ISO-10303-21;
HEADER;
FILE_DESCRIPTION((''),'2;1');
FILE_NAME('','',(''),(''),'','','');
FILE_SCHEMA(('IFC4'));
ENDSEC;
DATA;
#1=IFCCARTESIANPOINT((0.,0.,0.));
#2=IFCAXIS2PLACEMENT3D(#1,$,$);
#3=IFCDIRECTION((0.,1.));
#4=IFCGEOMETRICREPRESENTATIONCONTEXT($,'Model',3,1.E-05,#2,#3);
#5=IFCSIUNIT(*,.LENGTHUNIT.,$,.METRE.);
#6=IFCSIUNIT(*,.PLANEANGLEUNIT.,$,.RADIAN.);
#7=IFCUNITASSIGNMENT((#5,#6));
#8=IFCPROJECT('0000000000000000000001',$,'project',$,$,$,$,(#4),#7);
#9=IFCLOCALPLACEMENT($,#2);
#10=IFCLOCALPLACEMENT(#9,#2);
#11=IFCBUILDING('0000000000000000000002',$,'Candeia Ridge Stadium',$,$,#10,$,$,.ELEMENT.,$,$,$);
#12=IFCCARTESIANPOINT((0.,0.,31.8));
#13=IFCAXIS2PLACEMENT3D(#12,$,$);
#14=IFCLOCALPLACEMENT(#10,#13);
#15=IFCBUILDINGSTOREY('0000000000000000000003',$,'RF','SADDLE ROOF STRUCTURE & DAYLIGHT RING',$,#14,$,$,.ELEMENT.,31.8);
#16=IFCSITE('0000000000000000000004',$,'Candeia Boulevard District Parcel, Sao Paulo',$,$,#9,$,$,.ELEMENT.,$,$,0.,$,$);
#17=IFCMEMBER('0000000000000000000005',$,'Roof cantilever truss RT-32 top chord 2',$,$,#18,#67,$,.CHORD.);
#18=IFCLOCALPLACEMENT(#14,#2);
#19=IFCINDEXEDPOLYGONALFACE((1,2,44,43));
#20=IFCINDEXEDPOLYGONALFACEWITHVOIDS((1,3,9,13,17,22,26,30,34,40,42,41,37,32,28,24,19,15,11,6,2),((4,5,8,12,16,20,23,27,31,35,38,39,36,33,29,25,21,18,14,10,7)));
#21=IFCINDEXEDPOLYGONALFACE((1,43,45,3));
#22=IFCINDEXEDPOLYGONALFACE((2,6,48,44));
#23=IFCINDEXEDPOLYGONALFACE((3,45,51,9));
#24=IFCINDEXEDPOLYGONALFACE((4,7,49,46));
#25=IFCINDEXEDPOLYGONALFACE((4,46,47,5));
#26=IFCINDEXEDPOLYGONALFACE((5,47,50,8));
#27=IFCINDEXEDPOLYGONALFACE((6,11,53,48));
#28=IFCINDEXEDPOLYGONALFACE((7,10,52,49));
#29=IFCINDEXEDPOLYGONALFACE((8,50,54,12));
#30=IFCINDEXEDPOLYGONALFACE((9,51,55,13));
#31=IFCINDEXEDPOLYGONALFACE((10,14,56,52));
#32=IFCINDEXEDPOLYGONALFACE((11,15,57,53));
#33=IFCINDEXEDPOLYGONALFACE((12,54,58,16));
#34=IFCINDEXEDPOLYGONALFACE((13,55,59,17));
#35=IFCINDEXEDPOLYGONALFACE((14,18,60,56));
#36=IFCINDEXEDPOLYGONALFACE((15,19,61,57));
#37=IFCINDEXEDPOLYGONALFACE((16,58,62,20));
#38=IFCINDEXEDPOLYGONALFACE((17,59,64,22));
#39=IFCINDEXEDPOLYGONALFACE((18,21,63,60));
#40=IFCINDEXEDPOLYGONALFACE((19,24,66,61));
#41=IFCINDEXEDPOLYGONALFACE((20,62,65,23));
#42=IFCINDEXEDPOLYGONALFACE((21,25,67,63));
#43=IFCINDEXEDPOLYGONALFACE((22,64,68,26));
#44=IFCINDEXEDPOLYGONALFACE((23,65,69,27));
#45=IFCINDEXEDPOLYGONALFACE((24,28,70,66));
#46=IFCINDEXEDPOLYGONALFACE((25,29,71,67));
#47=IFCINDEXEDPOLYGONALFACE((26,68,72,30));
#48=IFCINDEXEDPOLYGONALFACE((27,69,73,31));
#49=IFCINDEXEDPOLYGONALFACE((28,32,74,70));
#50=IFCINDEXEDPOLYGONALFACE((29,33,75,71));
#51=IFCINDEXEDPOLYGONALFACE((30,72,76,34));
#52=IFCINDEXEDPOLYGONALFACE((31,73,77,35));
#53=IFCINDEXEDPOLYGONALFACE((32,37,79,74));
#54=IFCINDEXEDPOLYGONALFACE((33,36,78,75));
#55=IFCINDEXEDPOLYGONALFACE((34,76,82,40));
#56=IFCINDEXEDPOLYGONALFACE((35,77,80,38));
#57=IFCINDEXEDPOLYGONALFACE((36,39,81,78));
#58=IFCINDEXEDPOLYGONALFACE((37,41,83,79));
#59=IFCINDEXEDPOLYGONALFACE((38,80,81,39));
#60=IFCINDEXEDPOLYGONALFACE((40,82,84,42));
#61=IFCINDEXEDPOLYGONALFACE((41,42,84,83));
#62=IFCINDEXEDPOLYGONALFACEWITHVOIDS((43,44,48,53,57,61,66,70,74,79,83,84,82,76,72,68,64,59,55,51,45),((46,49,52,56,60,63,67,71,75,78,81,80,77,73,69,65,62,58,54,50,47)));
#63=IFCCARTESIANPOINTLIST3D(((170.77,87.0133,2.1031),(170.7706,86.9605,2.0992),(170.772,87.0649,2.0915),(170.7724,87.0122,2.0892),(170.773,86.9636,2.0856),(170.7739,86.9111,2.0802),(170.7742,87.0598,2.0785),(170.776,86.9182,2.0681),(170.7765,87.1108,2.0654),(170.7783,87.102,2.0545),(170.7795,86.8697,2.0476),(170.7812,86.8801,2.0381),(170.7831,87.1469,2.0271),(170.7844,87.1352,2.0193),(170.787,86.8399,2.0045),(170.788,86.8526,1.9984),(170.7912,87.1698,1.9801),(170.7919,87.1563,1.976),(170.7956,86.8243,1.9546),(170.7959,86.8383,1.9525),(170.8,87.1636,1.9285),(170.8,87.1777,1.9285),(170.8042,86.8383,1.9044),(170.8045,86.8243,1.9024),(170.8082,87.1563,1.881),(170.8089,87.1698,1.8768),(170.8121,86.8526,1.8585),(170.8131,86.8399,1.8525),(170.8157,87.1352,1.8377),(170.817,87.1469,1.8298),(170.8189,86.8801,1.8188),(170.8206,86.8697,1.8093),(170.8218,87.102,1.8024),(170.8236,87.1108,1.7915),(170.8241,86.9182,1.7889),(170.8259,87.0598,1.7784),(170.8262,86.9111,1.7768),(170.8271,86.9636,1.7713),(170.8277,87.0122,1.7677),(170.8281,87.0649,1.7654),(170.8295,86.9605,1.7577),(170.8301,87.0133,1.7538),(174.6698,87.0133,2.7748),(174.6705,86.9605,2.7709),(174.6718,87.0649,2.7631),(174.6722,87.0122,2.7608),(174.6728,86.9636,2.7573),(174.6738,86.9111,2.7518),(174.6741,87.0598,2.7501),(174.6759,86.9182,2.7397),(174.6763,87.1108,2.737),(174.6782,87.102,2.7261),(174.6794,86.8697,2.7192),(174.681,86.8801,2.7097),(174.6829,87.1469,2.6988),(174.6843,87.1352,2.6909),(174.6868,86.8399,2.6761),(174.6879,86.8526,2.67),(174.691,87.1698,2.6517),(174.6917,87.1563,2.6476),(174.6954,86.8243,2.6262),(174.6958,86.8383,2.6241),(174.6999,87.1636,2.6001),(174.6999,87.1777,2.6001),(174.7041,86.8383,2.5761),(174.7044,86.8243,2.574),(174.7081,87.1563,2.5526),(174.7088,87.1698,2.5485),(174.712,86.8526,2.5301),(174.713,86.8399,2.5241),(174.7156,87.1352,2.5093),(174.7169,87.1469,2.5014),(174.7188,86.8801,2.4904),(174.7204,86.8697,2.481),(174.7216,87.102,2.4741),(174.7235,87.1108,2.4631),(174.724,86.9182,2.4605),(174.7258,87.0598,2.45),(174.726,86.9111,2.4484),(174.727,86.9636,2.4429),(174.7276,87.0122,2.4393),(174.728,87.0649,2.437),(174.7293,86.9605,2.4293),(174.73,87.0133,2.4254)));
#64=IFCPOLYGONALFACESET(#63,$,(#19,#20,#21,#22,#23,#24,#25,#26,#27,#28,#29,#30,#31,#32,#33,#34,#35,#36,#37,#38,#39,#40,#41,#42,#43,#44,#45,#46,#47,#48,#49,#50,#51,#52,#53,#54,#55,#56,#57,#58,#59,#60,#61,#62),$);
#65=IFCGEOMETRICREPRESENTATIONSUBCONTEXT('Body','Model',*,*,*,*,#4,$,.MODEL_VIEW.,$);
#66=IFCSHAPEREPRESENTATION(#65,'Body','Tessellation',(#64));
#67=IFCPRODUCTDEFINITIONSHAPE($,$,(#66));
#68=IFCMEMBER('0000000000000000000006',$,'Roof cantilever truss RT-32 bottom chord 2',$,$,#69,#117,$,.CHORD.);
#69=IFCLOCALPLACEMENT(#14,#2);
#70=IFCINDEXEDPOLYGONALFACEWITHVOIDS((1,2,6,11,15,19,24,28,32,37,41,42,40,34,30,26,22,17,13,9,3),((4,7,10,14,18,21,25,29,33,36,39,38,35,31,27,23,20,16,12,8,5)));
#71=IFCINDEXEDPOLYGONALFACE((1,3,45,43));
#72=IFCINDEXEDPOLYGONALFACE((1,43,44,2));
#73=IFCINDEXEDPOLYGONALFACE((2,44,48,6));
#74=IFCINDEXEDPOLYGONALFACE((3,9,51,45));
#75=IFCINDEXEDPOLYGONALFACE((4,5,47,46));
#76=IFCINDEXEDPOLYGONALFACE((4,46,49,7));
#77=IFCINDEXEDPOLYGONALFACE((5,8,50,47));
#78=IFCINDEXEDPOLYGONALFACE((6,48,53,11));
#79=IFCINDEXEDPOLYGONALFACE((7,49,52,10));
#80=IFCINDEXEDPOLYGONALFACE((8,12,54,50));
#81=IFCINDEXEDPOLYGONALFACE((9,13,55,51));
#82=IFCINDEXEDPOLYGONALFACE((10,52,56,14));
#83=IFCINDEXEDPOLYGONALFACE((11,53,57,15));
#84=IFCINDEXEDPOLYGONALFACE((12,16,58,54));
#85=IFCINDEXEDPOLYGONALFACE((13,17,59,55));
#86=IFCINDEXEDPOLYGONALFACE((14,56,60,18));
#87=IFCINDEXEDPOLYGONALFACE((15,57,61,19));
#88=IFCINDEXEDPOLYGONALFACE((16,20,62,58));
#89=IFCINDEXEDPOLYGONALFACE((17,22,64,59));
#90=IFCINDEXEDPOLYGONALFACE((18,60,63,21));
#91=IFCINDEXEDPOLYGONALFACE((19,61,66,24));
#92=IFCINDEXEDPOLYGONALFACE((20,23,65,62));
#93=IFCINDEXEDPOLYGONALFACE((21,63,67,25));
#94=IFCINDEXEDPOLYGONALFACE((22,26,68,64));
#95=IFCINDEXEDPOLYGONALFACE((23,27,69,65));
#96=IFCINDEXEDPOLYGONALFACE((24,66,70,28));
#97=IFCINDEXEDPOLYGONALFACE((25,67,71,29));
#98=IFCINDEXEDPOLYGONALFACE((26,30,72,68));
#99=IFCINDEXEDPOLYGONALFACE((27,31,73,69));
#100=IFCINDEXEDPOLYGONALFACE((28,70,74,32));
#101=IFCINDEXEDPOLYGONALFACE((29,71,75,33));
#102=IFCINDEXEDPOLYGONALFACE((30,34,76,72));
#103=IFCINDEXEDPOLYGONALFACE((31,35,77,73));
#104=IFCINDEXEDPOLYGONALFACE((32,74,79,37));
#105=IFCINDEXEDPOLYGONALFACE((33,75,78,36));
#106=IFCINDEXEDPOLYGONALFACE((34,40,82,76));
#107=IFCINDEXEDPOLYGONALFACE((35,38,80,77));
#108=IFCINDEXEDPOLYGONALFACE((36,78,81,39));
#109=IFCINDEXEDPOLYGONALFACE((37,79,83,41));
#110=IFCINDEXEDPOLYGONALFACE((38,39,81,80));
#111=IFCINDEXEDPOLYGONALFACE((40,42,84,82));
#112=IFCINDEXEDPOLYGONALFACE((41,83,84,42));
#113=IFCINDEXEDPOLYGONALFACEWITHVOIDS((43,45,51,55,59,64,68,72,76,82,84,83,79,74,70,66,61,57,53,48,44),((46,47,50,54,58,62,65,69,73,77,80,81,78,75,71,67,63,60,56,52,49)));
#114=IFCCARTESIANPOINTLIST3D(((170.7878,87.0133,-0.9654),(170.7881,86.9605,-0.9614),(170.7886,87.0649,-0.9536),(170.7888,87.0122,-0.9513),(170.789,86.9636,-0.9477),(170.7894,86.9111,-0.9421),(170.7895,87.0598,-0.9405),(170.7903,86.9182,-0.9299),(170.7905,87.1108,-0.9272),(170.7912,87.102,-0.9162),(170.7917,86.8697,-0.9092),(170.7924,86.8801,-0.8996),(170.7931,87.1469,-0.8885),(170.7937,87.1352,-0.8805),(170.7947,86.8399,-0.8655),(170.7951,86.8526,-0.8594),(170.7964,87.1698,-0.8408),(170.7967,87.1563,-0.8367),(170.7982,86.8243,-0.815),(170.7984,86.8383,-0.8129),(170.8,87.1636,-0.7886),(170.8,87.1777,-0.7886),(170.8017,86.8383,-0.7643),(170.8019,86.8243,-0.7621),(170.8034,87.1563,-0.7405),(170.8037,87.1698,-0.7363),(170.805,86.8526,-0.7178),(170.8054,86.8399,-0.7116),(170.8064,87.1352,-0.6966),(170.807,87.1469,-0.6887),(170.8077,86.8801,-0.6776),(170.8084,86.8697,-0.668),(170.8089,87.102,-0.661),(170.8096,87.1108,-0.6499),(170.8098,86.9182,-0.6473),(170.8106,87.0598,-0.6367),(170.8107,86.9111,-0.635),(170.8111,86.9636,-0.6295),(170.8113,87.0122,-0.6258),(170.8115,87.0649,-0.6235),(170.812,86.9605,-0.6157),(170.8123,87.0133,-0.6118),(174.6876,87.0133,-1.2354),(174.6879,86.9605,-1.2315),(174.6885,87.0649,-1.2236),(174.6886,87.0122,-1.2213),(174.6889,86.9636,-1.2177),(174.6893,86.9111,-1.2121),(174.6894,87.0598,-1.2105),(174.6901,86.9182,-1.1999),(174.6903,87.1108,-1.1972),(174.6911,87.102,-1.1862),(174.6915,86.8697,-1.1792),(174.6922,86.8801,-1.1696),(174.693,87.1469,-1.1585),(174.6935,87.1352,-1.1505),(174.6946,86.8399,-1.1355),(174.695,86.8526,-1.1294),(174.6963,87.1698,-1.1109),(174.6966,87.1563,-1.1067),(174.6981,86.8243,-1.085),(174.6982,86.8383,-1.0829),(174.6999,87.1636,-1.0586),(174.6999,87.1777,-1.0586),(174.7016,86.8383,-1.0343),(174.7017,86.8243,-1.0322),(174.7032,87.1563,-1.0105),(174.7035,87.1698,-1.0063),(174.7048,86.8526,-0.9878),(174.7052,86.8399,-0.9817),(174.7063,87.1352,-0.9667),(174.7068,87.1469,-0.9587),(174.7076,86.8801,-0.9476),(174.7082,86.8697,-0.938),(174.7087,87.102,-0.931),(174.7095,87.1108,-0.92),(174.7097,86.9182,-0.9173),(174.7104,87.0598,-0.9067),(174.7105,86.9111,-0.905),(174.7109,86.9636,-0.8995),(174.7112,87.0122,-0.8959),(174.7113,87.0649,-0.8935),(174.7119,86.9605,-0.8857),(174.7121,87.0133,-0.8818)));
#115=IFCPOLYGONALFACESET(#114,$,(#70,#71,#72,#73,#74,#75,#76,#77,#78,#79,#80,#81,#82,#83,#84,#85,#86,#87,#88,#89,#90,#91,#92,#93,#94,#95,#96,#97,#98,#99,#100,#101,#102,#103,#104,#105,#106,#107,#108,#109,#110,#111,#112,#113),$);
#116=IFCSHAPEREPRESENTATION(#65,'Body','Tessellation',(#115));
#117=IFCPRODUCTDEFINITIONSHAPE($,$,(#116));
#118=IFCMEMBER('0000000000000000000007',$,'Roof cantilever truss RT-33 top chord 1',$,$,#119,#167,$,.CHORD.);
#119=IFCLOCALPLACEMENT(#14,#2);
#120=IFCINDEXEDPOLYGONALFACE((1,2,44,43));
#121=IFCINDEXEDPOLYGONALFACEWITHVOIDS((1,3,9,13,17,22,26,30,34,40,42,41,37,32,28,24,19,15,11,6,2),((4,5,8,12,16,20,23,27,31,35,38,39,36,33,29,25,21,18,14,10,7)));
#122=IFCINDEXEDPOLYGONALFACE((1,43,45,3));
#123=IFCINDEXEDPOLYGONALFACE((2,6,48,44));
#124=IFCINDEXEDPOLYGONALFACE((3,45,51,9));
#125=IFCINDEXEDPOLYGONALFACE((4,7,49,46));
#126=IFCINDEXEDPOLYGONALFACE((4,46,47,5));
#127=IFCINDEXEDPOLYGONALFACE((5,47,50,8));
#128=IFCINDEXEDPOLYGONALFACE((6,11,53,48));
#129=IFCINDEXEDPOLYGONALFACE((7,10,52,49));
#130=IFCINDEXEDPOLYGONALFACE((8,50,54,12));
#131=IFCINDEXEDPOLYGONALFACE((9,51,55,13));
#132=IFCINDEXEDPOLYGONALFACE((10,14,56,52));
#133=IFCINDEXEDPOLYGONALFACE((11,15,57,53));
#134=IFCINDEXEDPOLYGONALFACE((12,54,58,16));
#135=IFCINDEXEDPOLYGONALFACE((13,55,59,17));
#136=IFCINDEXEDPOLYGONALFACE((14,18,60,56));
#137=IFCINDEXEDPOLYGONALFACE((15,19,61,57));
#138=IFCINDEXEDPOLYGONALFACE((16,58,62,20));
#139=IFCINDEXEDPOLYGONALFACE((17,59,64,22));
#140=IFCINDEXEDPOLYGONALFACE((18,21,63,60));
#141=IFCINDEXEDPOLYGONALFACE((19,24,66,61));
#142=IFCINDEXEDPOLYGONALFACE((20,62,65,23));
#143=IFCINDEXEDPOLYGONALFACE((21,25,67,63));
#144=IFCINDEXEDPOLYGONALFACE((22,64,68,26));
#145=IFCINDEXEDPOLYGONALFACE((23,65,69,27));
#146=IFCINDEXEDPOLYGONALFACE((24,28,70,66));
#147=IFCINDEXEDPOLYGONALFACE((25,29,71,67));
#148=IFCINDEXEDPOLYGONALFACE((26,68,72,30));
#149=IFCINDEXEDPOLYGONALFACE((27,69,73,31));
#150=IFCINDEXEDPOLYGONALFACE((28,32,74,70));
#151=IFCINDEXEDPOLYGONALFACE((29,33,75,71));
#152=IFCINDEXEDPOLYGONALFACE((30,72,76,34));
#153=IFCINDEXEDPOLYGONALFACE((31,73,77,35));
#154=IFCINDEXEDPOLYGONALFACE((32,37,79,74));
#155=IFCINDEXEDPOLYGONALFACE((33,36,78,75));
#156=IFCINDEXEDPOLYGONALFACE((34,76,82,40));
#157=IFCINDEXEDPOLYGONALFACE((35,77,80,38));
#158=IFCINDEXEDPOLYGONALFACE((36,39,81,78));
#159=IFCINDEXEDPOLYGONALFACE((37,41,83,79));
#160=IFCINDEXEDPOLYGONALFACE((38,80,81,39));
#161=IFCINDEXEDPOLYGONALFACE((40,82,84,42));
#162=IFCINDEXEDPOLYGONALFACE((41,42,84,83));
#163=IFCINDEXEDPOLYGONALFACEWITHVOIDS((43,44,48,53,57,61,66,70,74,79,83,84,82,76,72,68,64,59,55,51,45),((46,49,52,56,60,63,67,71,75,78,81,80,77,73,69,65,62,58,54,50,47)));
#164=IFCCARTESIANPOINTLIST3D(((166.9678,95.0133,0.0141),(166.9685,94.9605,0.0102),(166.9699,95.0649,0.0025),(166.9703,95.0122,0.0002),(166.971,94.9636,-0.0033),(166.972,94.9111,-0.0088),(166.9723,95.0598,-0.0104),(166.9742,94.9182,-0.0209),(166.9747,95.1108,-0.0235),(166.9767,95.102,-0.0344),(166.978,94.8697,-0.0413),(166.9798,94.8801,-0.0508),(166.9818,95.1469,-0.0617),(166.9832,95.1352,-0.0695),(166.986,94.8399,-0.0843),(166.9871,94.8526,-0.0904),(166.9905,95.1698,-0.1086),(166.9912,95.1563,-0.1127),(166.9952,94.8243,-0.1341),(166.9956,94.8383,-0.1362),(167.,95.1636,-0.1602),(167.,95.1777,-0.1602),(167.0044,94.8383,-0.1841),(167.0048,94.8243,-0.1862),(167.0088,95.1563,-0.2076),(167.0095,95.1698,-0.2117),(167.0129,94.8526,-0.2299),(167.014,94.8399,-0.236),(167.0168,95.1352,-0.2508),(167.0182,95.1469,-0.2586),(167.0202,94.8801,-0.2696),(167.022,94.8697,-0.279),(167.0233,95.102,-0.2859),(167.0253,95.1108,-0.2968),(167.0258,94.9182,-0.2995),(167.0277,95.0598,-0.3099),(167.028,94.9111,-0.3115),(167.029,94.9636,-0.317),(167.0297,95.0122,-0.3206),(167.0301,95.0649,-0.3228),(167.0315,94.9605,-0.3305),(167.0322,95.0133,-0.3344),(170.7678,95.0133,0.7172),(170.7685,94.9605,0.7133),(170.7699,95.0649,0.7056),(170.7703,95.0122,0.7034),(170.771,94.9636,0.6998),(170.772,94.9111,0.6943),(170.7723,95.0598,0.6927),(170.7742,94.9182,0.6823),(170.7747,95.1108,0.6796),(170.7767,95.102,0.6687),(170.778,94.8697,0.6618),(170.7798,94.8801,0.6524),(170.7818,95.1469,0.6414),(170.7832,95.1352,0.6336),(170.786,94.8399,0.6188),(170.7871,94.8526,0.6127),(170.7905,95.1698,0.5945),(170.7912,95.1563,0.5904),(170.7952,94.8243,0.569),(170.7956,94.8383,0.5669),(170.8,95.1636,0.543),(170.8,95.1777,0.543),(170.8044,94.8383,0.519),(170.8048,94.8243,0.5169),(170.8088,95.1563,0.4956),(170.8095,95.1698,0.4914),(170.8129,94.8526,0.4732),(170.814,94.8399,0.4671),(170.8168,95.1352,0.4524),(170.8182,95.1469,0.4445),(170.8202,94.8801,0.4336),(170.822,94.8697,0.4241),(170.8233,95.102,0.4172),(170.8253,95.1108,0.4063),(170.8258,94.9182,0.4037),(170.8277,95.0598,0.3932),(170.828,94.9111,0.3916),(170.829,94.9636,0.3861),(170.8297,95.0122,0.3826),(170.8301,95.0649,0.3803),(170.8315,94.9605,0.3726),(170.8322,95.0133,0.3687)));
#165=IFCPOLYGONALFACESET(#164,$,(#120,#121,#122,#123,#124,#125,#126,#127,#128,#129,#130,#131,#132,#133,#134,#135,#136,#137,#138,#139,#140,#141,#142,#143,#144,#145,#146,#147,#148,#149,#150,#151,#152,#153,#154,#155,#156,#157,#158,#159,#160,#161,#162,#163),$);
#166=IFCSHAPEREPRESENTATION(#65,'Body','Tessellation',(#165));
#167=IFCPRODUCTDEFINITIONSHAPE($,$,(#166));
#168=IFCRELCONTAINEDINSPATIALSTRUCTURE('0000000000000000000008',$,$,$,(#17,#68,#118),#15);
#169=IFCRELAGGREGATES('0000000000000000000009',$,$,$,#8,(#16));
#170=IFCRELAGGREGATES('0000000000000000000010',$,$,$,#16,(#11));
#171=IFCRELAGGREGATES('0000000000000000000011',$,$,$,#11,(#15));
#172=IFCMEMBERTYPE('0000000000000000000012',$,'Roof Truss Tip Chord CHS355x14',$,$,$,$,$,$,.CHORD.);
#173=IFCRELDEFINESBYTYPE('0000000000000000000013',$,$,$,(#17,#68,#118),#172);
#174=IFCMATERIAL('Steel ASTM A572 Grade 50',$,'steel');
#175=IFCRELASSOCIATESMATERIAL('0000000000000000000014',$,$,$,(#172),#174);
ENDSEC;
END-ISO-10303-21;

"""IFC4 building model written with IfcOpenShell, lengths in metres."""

from ifc_helpers import new_model, si_unit, direction, frame, origin, origin_2d, place, context, subcontext, project, spatial, hollow_circle, extrude, material, material_profile, profile_set, type_object, element, save


model = new_model("IFC4")

# Units and contexts
model_context = context("Model", 3, precision=1e-05, world=origin(), true_north=direction((0.0, 1.0)))
body_context = subcontext(model_context, "Body", "Model", "MODEL_VIEW")
ifc_project = project(units=[si_unit("LENGTHUNIT", "METRE"), si_unit("PLANEANGLEUNIT", "RADIAN")], contexts=[model_context])

# Site, building, storey
site_placement = place(None, origin())
site = spatial("IfcSite", under=ifc_project, at=site_placement, Name="Candeia Boulevard District Parcel, Sao Paulo", CompositionType="ELEMENT", RefElevation=0.0)
building_placement = place(site_placement, origin())
building = spatial("IfcBuilding", under=site, at=building_placement, Name="Candeia Ridge Stadium", CompositionType="ELEMENT")
storey_placement = place(building_placement, frame((0.0, 0.0, 31.8)))
storey = spatial("IfcBuildingStorey", under=building, at=storey_placement, Name="RF", Description="SADDLE ROOF STRUCTURE & DAYLIGHT RING", CompositionType="ELEMENT", Elevation=31.8)

# Shared definitions
ifc_material_1 = material(Name="Steel ASTM A572 Grade 50", Category="steel")

# Members
ifc_material_profile_1 = material_profile(ifc_material_1, hollow_circle(Radius=0.1777, WallThickness=0.0142, at=origin_2d()), Name="CHS355x14", Category="steel")
ifc_profile_set_1 = profile_set([ifc_material_profile_1], Name="Steel ASTM A572 Grade 50")
member_type_1 = type_object("IfcMemberType", Name="Roof Truss Tip Chord CHS355x14", PredefinedType="CHORD", material=ifc_profile_set_1)
member_1_placement = place(storey_placement, frame((170.8, 87.0, 1.9285), z_axis=(0.985493, 0.0, 0.169719), x_axis=(0.0, 1.0, 0.0)))
element("IfcMember", 1, at=member_1_placement, inside=storey, type_object=member_type_1, Name="Roof cantilever truss RT-32 top chord 2", PredefinedType="CHORD", context=body_context, shape_type="SweptSolid", body=[
    extrude(hollow_circle(Radius=0.1777, WallThickness=0.0142, at=origin_2d()), origin(), (0.0, 0.0, 1.0), 3.9573),
])
member_2_placement = place(storey_placement, frame((170.8, 87.0, -0.7886), z_axis=(0.997612, 0.0, -0.069072), x_axis=(0.0, 1.0, 0.0)))
element("IfcMember", 2, at=member_2_placement, inside=storey, type_object=member_type_1, Name="Roof cantilever truss RT-32 bottom chord 2", PredefinedType="CHORD", context=body_context, shape_type="SweptSolid", body=[
    extrude(hollow_circle(Radius=0.1777, WallThickness=0.0142, at=origin_2d()), origin(), (0.0, 0.0, 1.0), 3.9092),
])
member_3_placement = place(storey_placement, frame((167.0, 95.0, -0.1602), z_axis=(0.983309, 0.0, 0.181942), x_axis=(0.0, 1.0, 0.0)))
element("IfcMember", 3, at=member_3_placement, inside=storey, type_object=member_type_1, Name="Roof cantilever truss RT-33 top chord 1", PredefinedType="CHORD", context=body_context, shape_type="SweptSolid", body=[
    extrude(hollow_circle(Radius=0.1777, WallThickness=0.0142, at=origin_2d()), origin(), (0.0, 0.0, 1.0), 3.8645),
])

save(model, "model.ifc")
